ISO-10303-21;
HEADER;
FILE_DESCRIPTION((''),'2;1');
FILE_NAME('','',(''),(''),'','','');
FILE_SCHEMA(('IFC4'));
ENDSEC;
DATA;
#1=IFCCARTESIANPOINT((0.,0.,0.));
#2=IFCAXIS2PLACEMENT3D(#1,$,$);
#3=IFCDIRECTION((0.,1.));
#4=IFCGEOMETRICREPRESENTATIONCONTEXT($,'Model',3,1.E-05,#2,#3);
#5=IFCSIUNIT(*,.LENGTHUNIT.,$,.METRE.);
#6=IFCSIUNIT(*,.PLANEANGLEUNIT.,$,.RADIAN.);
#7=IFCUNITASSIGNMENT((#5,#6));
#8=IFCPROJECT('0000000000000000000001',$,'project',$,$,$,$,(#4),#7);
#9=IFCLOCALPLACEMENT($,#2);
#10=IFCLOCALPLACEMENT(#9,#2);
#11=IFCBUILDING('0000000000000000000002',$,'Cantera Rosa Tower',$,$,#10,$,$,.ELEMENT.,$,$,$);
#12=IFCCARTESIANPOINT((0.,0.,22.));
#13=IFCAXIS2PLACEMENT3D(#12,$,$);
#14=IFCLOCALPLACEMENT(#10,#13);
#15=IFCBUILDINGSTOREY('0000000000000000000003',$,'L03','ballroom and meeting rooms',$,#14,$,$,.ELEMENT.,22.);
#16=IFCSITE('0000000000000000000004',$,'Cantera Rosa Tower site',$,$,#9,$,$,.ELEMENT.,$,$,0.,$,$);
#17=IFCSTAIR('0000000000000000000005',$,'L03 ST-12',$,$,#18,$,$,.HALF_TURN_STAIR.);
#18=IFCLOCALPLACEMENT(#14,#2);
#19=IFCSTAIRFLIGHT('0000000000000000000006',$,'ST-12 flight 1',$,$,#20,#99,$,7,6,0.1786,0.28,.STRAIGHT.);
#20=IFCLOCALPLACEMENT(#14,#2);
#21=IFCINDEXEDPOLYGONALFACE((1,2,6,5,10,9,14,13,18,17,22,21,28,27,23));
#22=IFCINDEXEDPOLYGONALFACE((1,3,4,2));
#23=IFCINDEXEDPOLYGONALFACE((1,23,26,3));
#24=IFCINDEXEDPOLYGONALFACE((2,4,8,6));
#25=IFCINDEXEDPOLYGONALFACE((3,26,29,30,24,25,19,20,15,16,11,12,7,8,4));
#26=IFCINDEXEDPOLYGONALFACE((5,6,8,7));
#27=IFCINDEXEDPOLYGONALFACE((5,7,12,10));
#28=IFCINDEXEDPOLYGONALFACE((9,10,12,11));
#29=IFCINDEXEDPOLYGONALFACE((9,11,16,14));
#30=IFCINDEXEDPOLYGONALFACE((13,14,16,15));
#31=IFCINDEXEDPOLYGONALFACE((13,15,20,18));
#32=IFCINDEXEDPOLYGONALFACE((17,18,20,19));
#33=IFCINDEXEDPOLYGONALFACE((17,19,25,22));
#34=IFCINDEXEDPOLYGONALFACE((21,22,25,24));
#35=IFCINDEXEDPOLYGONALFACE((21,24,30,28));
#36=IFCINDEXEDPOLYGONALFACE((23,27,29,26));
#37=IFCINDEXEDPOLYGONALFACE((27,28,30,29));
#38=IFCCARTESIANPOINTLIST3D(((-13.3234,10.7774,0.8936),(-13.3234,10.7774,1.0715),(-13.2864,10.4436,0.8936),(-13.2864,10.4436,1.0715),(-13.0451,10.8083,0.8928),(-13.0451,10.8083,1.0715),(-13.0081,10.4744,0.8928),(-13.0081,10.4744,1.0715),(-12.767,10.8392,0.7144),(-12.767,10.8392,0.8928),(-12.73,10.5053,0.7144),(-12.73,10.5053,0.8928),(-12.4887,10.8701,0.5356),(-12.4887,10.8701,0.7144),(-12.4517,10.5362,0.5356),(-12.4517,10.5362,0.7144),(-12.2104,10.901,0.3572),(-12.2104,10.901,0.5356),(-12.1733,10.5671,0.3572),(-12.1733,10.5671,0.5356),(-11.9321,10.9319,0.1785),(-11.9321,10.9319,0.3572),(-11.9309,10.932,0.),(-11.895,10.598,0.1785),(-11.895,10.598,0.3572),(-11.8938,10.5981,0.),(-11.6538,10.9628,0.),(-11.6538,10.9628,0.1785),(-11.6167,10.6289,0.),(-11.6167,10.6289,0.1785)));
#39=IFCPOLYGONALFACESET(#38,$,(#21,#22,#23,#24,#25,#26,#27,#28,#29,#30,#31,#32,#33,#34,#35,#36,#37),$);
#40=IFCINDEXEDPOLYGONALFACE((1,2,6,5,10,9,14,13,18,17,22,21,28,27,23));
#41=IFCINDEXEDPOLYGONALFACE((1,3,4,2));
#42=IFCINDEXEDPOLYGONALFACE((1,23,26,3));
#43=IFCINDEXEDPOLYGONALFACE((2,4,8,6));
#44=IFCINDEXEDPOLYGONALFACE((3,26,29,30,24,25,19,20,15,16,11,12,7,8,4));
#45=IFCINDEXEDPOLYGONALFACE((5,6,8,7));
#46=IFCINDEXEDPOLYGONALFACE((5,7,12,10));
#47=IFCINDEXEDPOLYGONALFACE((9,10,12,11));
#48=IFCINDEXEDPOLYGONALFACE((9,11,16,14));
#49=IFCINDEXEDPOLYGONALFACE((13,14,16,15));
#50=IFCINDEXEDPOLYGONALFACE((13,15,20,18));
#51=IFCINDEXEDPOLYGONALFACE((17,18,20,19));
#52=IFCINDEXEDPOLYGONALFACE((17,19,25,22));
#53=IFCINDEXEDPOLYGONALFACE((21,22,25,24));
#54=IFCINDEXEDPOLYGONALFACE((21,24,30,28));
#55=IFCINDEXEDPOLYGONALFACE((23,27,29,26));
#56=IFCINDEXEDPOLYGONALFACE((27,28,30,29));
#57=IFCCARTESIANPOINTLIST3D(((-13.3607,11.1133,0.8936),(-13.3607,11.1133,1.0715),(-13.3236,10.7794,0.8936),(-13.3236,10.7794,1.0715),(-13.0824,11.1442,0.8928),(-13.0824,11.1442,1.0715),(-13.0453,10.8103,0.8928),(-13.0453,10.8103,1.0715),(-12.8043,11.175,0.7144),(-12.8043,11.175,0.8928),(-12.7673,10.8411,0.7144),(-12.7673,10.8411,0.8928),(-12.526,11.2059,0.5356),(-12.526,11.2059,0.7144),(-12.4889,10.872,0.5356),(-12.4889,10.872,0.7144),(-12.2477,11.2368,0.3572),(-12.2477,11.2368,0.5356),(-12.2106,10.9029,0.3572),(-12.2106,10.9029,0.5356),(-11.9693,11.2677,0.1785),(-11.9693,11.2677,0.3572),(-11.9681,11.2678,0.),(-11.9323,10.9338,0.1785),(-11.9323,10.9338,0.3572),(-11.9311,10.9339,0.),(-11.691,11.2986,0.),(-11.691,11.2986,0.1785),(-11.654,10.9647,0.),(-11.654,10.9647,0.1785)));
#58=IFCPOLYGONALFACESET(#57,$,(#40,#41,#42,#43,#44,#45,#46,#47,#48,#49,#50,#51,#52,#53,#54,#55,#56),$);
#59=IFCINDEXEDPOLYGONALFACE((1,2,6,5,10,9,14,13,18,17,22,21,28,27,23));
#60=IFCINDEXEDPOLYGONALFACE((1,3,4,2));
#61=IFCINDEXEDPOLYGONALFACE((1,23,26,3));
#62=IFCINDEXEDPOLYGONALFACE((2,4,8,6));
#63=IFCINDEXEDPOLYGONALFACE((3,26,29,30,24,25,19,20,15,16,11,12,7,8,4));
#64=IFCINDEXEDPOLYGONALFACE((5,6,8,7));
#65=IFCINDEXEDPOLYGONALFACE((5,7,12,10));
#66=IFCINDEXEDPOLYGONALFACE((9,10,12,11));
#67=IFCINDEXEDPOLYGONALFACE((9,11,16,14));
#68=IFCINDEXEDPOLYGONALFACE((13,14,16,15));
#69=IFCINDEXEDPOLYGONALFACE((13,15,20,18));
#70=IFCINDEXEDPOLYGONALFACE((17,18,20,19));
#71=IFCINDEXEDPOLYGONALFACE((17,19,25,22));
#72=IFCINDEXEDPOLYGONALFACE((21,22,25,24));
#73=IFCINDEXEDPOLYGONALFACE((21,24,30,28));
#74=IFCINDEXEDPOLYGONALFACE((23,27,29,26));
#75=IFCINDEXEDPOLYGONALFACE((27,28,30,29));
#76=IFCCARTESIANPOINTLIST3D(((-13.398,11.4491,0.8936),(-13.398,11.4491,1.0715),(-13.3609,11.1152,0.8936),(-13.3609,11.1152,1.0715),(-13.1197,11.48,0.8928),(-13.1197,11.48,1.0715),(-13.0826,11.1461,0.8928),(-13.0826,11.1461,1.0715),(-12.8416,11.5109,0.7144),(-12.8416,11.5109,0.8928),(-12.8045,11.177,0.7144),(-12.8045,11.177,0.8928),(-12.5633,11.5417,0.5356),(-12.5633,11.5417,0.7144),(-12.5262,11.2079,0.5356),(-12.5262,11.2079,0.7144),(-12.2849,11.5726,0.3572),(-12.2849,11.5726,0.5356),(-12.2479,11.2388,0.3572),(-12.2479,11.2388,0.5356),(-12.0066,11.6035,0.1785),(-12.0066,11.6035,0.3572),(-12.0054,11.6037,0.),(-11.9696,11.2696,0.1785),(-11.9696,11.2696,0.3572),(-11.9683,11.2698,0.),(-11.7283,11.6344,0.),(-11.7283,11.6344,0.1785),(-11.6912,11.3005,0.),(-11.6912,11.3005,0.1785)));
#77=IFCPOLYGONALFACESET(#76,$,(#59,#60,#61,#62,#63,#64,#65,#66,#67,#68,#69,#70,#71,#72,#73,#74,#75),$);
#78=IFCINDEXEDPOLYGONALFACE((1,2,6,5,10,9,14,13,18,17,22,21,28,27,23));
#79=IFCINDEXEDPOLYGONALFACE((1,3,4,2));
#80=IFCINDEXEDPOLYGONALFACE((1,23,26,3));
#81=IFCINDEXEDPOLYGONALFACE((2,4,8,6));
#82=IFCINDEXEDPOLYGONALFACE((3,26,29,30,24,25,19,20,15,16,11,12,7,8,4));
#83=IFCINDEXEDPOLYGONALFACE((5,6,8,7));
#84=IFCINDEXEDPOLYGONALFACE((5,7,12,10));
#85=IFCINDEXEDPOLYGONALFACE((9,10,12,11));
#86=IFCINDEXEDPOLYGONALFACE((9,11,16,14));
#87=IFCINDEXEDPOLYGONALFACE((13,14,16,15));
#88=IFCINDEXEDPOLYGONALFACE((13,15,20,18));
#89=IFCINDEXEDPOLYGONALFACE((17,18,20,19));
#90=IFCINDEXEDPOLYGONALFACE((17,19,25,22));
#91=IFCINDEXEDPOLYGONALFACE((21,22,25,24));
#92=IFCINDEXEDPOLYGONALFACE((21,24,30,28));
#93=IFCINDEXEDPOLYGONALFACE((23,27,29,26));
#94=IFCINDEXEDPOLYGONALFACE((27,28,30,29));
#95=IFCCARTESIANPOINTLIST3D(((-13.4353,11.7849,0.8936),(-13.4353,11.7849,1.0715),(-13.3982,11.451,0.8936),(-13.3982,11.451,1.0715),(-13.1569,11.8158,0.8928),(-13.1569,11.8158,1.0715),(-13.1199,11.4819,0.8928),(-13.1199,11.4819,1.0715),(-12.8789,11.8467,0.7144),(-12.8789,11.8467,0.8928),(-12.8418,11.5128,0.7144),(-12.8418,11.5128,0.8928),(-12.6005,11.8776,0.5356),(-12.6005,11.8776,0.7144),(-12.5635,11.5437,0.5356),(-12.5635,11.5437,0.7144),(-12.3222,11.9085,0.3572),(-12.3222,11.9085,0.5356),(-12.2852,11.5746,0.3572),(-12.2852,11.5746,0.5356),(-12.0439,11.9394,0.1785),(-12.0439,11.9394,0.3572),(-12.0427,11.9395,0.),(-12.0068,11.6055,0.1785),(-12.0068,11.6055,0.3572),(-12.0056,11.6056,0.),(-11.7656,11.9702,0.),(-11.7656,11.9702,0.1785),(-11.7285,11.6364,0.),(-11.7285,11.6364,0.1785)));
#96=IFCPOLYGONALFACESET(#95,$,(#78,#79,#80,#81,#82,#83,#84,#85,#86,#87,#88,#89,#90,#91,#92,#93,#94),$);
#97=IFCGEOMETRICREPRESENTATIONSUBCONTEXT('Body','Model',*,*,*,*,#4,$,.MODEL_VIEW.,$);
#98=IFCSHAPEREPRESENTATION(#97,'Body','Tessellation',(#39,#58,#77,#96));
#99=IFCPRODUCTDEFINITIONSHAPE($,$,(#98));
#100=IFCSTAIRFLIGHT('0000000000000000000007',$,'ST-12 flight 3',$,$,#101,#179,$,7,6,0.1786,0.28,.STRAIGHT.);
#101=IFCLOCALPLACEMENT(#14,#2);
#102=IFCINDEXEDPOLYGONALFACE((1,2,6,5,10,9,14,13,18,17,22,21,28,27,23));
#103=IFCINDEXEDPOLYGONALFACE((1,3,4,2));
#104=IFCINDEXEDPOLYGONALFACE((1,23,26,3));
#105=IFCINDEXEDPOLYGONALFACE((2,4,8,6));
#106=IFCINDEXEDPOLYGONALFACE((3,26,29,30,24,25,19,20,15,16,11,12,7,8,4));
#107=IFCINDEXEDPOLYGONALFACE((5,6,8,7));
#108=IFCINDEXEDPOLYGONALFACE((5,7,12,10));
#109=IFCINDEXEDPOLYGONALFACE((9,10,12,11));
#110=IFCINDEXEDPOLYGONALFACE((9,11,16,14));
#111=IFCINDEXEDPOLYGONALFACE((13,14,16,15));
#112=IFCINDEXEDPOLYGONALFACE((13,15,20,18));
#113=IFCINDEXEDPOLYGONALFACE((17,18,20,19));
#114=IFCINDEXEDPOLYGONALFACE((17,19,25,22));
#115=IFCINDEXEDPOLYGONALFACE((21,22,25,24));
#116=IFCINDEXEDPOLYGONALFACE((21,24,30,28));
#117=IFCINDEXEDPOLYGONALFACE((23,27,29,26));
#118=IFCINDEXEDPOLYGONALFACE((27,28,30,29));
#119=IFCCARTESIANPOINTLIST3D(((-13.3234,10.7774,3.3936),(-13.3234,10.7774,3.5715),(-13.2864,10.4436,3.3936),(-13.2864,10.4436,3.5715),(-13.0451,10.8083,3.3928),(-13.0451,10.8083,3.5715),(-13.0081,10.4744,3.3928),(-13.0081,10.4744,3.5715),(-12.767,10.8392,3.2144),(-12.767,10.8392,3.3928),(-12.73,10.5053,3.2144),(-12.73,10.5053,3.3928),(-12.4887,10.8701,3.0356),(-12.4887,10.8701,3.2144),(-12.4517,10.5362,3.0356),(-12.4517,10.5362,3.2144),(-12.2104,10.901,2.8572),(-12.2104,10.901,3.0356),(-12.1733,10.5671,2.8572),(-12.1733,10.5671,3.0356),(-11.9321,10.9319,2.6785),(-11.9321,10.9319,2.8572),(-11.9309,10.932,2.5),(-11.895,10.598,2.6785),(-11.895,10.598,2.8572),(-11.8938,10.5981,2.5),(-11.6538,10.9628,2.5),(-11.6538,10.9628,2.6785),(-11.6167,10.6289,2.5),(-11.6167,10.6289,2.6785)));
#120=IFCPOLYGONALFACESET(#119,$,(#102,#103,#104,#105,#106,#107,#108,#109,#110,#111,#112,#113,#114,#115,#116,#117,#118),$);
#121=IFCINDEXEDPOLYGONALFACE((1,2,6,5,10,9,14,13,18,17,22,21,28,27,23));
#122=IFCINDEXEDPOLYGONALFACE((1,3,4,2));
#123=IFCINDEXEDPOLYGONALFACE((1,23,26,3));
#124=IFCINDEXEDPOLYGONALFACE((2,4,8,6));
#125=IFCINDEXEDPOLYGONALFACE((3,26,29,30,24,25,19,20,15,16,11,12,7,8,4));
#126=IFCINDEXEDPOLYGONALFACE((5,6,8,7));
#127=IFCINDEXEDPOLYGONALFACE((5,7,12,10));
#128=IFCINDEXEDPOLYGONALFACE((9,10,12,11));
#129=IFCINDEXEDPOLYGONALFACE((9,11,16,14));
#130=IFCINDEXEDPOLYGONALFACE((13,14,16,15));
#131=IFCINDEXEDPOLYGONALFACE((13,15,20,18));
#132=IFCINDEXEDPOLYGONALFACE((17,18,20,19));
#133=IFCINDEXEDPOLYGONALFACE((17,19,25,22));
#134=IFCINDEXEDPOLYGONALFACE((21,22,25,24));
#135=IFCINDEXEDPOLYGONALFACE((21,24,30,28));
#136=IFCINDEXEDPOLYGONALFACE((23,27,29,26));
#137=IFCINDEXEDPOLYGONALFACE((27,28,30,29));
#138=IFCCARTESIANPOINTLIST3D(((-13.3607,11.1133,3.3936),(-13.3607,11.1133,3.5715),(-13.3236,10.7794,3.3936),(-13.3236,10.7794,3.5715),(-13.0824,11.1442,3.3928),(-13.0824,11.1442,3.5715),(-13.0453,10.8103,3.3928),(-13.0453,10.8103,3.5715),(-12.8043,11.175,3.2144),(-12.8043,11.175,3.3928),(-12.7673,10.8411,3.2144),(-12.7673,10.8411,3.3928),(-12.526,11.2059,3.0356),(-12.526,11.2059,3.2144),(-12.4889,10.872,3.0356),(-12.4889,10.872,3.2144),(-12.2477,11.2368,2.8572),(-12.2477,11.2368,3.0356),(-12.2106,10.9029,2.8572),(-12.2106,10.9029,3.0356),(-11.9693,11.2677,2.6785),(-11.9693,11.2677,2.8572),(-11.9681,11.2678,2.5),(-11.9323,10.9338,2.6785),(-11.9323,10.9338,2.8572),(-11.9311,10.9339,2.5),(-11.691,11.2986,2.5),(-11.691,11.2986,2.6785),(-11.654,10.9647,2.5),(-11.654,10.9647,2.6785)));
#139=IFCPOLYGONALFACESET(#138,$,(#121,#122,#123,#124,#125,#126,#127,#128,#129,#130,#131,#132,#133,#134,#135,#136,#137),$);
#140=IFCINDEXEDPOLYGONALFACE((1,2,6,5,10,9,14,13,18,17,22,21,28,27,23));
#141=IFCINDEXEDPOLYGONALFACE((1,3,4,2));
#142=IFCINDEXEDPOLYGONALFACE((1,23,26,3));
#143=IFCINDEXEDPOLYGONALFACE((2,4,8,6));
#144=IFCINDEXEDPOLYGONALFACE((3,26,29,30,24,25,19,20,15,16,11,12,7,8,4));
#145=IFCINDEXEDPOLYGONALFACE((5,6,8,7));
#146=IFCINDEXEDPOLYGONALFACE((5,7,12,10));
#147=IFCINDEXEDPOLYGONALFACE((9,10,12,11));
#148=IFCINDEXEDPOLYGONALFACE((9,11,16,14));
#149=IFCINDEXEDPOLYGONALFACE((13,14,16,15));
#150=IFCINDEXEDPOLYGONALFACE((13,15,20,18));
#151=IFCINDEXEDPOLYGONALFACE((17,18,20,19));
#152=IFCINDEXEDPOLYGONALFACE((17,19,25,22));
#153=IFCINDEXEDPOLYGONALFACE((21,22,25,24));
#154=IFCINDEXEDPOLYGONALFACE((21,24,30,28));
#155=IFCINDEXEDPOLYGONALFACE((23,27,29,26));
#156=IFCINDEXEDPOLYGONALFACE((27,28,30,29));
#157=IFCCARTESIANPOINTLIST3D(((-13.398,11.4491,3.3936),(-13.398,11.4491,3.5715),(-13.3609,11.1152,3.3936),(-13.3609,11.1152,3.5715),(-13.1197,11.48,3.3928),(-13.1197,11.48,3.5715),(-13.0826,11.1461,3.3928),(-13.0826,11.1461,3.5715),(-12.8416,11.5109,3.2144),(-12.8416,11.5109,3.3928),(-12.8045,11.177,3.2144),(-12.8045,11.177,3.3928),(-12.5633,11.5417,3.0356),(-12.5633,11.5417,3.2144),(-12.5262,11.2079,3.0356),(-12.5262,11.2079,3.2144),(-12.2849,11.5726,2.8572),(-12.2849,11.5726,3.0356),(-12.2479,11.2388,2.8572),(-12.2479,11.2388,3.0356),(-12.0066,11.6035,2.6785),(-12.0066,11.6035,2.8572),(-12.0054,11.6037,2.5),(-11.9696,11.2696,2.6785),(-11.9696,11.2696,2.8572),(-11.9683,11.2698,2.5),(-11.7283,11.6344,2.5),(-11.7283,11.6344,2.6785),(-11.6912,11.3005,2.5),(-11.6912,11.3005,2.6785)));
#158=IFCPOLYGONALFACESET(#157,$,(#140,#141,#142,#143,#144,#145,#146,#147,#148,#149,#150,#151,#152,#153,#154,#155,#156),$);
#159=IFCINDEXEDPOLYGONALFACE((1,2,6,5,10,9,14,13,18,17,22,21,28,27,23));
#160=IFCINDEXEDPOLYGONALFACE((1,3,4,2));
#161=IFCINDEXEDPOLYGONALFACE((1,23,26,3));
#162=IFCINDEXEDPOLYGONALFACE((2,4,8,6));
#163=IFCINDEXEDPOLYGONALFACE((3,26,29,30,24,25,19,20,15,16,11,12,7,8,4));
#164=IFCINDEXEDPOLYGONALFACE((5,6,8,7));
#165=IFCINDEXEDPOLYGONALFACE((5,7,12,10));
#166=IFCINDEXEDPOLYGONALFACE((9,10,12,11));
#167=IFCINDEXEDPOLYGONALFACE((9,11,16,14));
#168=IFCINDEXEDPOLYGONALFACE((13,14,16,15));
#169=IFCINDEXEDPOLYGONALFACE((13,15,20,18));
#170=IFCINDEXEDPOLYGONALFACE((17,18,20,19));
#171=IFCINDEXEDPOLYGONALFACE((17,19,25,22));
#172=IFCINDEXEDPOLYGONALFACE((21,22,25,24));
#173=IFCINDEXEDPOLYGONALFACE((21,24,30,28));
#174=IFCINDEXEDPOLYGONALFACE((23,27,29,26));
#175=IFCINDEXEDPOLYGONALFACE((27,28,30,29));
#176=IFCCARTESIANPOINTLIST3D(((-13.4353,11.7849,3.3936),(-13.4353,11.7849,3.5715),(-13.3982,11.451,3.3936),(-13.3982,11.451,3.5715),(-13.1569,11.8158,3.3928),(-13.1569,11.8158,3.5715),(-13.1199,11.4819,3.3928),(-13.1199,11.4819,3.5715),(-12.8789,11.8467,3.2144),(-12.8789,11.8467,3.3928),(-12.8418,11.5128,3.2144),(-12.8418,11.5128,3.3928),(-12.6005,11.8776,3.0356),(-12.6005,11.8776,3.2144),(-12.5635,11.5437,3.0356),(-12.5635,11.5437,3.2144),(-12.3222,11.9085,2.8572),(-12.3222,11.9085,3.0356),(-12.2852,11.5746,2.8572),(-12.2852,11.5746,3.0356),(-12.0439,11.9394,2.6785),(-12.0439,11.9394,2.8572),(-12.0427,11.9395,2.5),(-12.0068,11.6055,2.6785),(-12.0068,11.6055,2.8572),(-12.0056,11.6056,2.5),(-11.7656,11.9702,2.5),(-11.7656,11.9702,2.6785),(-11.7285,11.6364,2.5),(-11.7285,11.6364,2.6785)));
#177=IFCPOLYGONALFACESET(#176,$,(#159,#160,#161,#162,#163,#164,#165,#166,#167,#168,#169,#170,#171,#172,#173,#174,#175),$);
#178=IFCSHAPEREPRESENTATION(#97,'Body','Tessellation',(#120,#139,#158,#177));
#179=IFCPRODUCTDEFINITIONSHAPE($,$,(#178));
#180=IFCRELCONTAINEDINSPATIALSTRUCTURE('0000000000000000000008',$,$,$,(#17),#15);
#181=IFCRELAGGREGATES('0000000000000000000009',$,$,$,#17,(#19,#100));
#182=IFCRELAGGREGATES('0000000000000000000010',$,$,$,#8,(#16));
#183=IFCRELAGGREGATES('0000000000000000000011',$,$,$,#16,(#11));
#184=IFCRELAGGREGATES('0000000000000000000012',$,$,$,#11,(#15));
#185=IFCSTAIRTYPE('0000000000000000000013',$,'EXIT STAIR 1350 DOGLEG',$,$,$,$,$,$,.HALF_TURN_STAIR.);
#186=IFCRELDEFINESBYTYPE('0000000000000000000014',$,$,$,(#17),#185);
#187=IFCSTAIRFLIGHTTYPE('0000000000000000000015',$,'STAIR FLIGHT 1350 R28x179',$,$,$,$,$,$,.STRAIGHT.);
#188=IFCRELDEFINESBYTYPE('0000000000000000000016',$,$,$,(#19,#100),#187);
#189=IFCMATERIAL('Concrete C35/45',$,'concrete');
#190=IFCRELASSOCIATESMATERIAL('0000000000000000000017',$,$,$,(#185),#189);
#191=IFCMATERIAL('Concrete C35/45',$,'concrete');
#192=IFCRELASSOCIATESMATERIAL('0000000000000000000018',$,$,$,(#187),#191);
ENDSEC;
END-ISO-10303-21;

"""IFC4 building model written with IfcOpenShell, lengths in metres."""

from ifc_helpers import new_model, si_unit, direction, frame, origin, place, context, subcontext, project, spatial, polyline, outline, extrude, material, type_object, element, aggregate, save


model = new_model("IFC4")

# Units and contexts
model_context = context("Model", 3, precision=1e-05, world=origin(), true_north=direction((0.0, 1.0)))
body_context = subcontext(model_context, "Body", "Model", "MODEL_VIEW")
ifc_project = project(units=[si_unit("LENGTHUNIT", "METRE"), si_unit("PLANEANGLEUNIT", "RADIAN")], contexts=[model_context])

# Site, building, storey
site_placement = place(None, origin())
site = spatial("IfcSite", under=ifc_project, at=site_placement, Name="Cantera Rosa Tower site", CompositionType="ELEMENT", RefElevation=0.0)
building_placement = place(site_placement, origin())
building = spatial("IfcBuilding", under=site, at=building_placement, Name="Cantera Rosa Tower", CompositionType="ELEMENT")
storey_placement = place(building_placement, frame((0.0, 0.0, 22.0)))
storey = spatial("IfcBuildingStorey", under=building, at=storey_placement, Name="L03", Description="ballroom and meeting rooms", CompositionType="ELEMENT", Elevation=22.0)

# Stair, stair flights
ifc_material_1 = material(Name="Concrete C35/45", Category="concrete")
stair_type = type_object("IfcStairType", Name="EXIT STAIR 1350 DOGLEG", PredefinedType="HALF_TURN_STAIR", material=ifc_material_1)
stair_placement = place(storey_placement, origin())
stair = element("IfcStair", 1, at=stair_placement, inside=storey, type_object=stair_type, Name="L03 ST-12", PredefinedType="HALF_TURN_STAIR")
ifc_material_2 = material(Name="Concrete C35/45", Category="concrete")
stair_flight_type = type_object("IfcStairFlightType", Name="STAIR FLIGHT 1350 R28x179", PredefinedType="STRAIGHT", material=ifc_material_2)
stair_flight_1_placement = place(storey_placement, frame((-11.6912, 11.2998, 0.0), z_axis=(0.0, 0.0, 1.0), x_axis=(-0.993897, -0.110313, 0.0)))
stair_flight_1 = element("IfcStairFlight", 2, at=stair_flight_1_placement, type_object=stair_flight_type, Name="ST-12 flight 1", NumberOfRisers=7, NumberOfTreads=6, PredefinedType="STRAIGHT", RiserHeight=0.1786, TreadLength=0.28, context=body_context, shape_type="SweptSolid", body=[
    extrude(outline(polyline([(0.0, 0.0), (0.0, 0.1785), (0.28, 0.1785), (0.28, 0.3572), (0.5601, 0.3572), (0.5601, 0.5356), (0.8401, 0.5356), (0.8401, 0.7144), (1.1201, 0.7144), (1.1201, 0.8928), (1.3999, 0.8928), (1.3999, 1.0715), (1.6799, 1.0715), (1.6799, 1.25), (1.6799, 0.8936), (0.2788, 0.0), (0.0, 0.0)])), frame((0.0, 0.675, 0.0), z_axis=(0.0, -1.0, 0.0), x_axis=(1.0, 0.0, 0.0)), (0.0, 0.0, 1.0), 0.3359),
    extrude(outline(polyline([(0.0, 0.0), (0.0, 0.1785), (0.28, 0.1785), (0.28, 0.3572), (0.5601, 0.3572), (0.5601, 0.5356), (0.8401, 0.5356), (0.8401, 0.7144), (1.1201, 0.7144), (1.1201, 0.8928), (1.3999, 0.8928), (1.3999, 1.0715), (1.6799, 1.0715), (1.6799, 1.25), (1.6799, 0.8936), (0.2788, 0.0), (0.0, 0.0)])), frame((0.0, 0.3372, 0.0), z_axis=(0.0, -1.0, 0.0), x_axis=(1.0, 0.0, 0.0)), (0.0, 0.0, 1.0), 0.3359),
    extrude(outline(polyline([(0.0, 0.0), (0.0, 0.1785), (0.28, 0.1785), (0.28, 0.3572), (0.5601, 0.3572), (0.5601, 0.5356), (0.8401, 0.5356), (0.8401, 0.7144), (1.1201, 0.7144), (1.1201, 0.8928), (1.3999, 0.8928), (1.3999, 1.0715), (1.6799, 1.0715), (1.6799, 1.25), (1.6799, 0.8936), (0.2788, 0.0), (0.0, 0.0)])), frame((0.0, -0.0007, 0.0), z_axis=(0.0, -1.0, 0.0), x_axis=(1.0, 0.0, 0.0)), (0.0, 0.0, 1.0), 0.3359),
    extrude(outline(polyline([(0.0, 0.0), (0.0, 0.1785), (0.28, 0.1785), (0.28, 0.3572), (0.5601, 0.3572), (0.5601, 0.5356), (0.8401, 0.5356), (0.8401, 0.7144), (1.1201, 0.7144), (1.1201, 0.8928), (1.3999, 0.8928), (1.3999, 1.0715), (1.6799, 1.0715), (1.6799, 1.25), (1.6799, 0.8936), (0.2788, 0.0), (0.0, 0.0)])), frame((0.0, -0.3386, 0.0), z_axis=(0.0, -1.0, 0.0), x_axis=(1.0, 0.0, 0.0)), (0.0, 0.0, 1.0), 0.3359),
])
stair_flight_2_placement = place(storey_placement, frame((-11.6912, 11.2998, 2.5), z_axis=(0.0, 0.0, 1.0), x_axis=(-0.993897, -0.110313, 0.0)))
stair_flight_2 = element("IfcStairFlight", 3, at=stair_flight_2_placement, type_object=stair_flight_type, Name="ST-12 flight 3", NumberOfRisers=7, NumberOfTreads=6, PredefinedType="STRAIGHT", RiserHeight=0.1786, TreadLength=0.28, context=body_context, shape_type="SweptSolid", body=[
    extrude(outline(polyline([(0.0, 0.0), (0.0, 0.1785), (0.28, 0.1785), (0.28, 0.3572), (0.5601, 0.3572), (0.5601, 0.5356), (0.8401, 0.5356), (0.8401, 0.7144), (1.1201, 0.7144), (1.1201, 0.8928), (1.3999, 0.8928), (1.3999, 1.0715), (1.6799, 1.0715), (1.6799, 1.25), (1.6799, 0.8936), (0.2788, 0.0), (0.0, 0.0)])), frame((0.0, 0.675, 0.0), z_axis=(0.0, -1.0, 0.0), x_axis=(1.0, 0.0, 0.0)), (0.0, 0.0, 1.0), 0.3359),
    extrude(outline(polyline([(0.0, 0.0), (0.0, 0.1785), (0.28, 0.1785), (0.28, 0.3572), (0.5601, 0.3572), (0.5601, 0.5356), (0.8401, 0.5356), (0.8401, 0.7144), (1.1201, 0.7144), (1.1201, 0.8928), (1.3999, 0.8928), (1.3999, 1.0715), (1.6799, 1.0715), (1.6799, 1.25), (1.6799, 0.8936), (0.2788, 0.0), (0.0, 0.0)])), frame((0.0, 0.3372, 0.0), z_axis=(0.0, -1.0, 0.0), x_axis=(1.0, 0.0, 0.0)), (0.0, 0.0, 1.0), 0.3359),
    extrude(outline(polyline([(0.0, 0.0), (0.0, 0.1785), (0.28, 0.1785), (0.28, 0.3572), (0.5601, 0.3572), (0.5601, 0.5356), (0.8401, 0.5356), (0.8401, 0.7144), (1.1201, 0.7144), (1.1201, 0.8928), (1.3999, 0.8928), (1.3999, 1.0715), (1.6799, 1.0715), (1.6799, 1.25), (1.6799, 0.8936), (0.2788, 0.0), (0.0, 0.0)])), frame((0.0, -0.0007, 0.0), z_axis=(0.0, -1.0, 0.0), x_axis=(1.0, 0.0, 0.0)), (0.0, 0.0, 1.0), 0.3359),
    extrude(outline(polyline([(0.0, 0.0), (0.0, 0.1785), (0.28, 0.1785), (0.28, 0.3572), (0.5601, 0.3572), (0.5601, 0.5356), (0.8401, 0.5356), (0.8401, 0.7144), (1.1201, 0.7144), (1.1201, 0.8928), (1.3999, 0.8928), (1.3999, 1.0715), (1.6799, 1.0715), (1.6799, 1.25), (1.6799, 0.8936), (0.2788, 0.0), (0.0, 0.0)])), frame((0.0, -0.3386, 0.0), z_axis=(0.0, -1.0, 0.0), x_axis=(1.0, 0.0, 0.0)), (0.0, 0.0, 1.0), 0.3359),
])
aggregate(stair, [stair_flight_1, stair_flight_2])

save(model, "model.ifc")
